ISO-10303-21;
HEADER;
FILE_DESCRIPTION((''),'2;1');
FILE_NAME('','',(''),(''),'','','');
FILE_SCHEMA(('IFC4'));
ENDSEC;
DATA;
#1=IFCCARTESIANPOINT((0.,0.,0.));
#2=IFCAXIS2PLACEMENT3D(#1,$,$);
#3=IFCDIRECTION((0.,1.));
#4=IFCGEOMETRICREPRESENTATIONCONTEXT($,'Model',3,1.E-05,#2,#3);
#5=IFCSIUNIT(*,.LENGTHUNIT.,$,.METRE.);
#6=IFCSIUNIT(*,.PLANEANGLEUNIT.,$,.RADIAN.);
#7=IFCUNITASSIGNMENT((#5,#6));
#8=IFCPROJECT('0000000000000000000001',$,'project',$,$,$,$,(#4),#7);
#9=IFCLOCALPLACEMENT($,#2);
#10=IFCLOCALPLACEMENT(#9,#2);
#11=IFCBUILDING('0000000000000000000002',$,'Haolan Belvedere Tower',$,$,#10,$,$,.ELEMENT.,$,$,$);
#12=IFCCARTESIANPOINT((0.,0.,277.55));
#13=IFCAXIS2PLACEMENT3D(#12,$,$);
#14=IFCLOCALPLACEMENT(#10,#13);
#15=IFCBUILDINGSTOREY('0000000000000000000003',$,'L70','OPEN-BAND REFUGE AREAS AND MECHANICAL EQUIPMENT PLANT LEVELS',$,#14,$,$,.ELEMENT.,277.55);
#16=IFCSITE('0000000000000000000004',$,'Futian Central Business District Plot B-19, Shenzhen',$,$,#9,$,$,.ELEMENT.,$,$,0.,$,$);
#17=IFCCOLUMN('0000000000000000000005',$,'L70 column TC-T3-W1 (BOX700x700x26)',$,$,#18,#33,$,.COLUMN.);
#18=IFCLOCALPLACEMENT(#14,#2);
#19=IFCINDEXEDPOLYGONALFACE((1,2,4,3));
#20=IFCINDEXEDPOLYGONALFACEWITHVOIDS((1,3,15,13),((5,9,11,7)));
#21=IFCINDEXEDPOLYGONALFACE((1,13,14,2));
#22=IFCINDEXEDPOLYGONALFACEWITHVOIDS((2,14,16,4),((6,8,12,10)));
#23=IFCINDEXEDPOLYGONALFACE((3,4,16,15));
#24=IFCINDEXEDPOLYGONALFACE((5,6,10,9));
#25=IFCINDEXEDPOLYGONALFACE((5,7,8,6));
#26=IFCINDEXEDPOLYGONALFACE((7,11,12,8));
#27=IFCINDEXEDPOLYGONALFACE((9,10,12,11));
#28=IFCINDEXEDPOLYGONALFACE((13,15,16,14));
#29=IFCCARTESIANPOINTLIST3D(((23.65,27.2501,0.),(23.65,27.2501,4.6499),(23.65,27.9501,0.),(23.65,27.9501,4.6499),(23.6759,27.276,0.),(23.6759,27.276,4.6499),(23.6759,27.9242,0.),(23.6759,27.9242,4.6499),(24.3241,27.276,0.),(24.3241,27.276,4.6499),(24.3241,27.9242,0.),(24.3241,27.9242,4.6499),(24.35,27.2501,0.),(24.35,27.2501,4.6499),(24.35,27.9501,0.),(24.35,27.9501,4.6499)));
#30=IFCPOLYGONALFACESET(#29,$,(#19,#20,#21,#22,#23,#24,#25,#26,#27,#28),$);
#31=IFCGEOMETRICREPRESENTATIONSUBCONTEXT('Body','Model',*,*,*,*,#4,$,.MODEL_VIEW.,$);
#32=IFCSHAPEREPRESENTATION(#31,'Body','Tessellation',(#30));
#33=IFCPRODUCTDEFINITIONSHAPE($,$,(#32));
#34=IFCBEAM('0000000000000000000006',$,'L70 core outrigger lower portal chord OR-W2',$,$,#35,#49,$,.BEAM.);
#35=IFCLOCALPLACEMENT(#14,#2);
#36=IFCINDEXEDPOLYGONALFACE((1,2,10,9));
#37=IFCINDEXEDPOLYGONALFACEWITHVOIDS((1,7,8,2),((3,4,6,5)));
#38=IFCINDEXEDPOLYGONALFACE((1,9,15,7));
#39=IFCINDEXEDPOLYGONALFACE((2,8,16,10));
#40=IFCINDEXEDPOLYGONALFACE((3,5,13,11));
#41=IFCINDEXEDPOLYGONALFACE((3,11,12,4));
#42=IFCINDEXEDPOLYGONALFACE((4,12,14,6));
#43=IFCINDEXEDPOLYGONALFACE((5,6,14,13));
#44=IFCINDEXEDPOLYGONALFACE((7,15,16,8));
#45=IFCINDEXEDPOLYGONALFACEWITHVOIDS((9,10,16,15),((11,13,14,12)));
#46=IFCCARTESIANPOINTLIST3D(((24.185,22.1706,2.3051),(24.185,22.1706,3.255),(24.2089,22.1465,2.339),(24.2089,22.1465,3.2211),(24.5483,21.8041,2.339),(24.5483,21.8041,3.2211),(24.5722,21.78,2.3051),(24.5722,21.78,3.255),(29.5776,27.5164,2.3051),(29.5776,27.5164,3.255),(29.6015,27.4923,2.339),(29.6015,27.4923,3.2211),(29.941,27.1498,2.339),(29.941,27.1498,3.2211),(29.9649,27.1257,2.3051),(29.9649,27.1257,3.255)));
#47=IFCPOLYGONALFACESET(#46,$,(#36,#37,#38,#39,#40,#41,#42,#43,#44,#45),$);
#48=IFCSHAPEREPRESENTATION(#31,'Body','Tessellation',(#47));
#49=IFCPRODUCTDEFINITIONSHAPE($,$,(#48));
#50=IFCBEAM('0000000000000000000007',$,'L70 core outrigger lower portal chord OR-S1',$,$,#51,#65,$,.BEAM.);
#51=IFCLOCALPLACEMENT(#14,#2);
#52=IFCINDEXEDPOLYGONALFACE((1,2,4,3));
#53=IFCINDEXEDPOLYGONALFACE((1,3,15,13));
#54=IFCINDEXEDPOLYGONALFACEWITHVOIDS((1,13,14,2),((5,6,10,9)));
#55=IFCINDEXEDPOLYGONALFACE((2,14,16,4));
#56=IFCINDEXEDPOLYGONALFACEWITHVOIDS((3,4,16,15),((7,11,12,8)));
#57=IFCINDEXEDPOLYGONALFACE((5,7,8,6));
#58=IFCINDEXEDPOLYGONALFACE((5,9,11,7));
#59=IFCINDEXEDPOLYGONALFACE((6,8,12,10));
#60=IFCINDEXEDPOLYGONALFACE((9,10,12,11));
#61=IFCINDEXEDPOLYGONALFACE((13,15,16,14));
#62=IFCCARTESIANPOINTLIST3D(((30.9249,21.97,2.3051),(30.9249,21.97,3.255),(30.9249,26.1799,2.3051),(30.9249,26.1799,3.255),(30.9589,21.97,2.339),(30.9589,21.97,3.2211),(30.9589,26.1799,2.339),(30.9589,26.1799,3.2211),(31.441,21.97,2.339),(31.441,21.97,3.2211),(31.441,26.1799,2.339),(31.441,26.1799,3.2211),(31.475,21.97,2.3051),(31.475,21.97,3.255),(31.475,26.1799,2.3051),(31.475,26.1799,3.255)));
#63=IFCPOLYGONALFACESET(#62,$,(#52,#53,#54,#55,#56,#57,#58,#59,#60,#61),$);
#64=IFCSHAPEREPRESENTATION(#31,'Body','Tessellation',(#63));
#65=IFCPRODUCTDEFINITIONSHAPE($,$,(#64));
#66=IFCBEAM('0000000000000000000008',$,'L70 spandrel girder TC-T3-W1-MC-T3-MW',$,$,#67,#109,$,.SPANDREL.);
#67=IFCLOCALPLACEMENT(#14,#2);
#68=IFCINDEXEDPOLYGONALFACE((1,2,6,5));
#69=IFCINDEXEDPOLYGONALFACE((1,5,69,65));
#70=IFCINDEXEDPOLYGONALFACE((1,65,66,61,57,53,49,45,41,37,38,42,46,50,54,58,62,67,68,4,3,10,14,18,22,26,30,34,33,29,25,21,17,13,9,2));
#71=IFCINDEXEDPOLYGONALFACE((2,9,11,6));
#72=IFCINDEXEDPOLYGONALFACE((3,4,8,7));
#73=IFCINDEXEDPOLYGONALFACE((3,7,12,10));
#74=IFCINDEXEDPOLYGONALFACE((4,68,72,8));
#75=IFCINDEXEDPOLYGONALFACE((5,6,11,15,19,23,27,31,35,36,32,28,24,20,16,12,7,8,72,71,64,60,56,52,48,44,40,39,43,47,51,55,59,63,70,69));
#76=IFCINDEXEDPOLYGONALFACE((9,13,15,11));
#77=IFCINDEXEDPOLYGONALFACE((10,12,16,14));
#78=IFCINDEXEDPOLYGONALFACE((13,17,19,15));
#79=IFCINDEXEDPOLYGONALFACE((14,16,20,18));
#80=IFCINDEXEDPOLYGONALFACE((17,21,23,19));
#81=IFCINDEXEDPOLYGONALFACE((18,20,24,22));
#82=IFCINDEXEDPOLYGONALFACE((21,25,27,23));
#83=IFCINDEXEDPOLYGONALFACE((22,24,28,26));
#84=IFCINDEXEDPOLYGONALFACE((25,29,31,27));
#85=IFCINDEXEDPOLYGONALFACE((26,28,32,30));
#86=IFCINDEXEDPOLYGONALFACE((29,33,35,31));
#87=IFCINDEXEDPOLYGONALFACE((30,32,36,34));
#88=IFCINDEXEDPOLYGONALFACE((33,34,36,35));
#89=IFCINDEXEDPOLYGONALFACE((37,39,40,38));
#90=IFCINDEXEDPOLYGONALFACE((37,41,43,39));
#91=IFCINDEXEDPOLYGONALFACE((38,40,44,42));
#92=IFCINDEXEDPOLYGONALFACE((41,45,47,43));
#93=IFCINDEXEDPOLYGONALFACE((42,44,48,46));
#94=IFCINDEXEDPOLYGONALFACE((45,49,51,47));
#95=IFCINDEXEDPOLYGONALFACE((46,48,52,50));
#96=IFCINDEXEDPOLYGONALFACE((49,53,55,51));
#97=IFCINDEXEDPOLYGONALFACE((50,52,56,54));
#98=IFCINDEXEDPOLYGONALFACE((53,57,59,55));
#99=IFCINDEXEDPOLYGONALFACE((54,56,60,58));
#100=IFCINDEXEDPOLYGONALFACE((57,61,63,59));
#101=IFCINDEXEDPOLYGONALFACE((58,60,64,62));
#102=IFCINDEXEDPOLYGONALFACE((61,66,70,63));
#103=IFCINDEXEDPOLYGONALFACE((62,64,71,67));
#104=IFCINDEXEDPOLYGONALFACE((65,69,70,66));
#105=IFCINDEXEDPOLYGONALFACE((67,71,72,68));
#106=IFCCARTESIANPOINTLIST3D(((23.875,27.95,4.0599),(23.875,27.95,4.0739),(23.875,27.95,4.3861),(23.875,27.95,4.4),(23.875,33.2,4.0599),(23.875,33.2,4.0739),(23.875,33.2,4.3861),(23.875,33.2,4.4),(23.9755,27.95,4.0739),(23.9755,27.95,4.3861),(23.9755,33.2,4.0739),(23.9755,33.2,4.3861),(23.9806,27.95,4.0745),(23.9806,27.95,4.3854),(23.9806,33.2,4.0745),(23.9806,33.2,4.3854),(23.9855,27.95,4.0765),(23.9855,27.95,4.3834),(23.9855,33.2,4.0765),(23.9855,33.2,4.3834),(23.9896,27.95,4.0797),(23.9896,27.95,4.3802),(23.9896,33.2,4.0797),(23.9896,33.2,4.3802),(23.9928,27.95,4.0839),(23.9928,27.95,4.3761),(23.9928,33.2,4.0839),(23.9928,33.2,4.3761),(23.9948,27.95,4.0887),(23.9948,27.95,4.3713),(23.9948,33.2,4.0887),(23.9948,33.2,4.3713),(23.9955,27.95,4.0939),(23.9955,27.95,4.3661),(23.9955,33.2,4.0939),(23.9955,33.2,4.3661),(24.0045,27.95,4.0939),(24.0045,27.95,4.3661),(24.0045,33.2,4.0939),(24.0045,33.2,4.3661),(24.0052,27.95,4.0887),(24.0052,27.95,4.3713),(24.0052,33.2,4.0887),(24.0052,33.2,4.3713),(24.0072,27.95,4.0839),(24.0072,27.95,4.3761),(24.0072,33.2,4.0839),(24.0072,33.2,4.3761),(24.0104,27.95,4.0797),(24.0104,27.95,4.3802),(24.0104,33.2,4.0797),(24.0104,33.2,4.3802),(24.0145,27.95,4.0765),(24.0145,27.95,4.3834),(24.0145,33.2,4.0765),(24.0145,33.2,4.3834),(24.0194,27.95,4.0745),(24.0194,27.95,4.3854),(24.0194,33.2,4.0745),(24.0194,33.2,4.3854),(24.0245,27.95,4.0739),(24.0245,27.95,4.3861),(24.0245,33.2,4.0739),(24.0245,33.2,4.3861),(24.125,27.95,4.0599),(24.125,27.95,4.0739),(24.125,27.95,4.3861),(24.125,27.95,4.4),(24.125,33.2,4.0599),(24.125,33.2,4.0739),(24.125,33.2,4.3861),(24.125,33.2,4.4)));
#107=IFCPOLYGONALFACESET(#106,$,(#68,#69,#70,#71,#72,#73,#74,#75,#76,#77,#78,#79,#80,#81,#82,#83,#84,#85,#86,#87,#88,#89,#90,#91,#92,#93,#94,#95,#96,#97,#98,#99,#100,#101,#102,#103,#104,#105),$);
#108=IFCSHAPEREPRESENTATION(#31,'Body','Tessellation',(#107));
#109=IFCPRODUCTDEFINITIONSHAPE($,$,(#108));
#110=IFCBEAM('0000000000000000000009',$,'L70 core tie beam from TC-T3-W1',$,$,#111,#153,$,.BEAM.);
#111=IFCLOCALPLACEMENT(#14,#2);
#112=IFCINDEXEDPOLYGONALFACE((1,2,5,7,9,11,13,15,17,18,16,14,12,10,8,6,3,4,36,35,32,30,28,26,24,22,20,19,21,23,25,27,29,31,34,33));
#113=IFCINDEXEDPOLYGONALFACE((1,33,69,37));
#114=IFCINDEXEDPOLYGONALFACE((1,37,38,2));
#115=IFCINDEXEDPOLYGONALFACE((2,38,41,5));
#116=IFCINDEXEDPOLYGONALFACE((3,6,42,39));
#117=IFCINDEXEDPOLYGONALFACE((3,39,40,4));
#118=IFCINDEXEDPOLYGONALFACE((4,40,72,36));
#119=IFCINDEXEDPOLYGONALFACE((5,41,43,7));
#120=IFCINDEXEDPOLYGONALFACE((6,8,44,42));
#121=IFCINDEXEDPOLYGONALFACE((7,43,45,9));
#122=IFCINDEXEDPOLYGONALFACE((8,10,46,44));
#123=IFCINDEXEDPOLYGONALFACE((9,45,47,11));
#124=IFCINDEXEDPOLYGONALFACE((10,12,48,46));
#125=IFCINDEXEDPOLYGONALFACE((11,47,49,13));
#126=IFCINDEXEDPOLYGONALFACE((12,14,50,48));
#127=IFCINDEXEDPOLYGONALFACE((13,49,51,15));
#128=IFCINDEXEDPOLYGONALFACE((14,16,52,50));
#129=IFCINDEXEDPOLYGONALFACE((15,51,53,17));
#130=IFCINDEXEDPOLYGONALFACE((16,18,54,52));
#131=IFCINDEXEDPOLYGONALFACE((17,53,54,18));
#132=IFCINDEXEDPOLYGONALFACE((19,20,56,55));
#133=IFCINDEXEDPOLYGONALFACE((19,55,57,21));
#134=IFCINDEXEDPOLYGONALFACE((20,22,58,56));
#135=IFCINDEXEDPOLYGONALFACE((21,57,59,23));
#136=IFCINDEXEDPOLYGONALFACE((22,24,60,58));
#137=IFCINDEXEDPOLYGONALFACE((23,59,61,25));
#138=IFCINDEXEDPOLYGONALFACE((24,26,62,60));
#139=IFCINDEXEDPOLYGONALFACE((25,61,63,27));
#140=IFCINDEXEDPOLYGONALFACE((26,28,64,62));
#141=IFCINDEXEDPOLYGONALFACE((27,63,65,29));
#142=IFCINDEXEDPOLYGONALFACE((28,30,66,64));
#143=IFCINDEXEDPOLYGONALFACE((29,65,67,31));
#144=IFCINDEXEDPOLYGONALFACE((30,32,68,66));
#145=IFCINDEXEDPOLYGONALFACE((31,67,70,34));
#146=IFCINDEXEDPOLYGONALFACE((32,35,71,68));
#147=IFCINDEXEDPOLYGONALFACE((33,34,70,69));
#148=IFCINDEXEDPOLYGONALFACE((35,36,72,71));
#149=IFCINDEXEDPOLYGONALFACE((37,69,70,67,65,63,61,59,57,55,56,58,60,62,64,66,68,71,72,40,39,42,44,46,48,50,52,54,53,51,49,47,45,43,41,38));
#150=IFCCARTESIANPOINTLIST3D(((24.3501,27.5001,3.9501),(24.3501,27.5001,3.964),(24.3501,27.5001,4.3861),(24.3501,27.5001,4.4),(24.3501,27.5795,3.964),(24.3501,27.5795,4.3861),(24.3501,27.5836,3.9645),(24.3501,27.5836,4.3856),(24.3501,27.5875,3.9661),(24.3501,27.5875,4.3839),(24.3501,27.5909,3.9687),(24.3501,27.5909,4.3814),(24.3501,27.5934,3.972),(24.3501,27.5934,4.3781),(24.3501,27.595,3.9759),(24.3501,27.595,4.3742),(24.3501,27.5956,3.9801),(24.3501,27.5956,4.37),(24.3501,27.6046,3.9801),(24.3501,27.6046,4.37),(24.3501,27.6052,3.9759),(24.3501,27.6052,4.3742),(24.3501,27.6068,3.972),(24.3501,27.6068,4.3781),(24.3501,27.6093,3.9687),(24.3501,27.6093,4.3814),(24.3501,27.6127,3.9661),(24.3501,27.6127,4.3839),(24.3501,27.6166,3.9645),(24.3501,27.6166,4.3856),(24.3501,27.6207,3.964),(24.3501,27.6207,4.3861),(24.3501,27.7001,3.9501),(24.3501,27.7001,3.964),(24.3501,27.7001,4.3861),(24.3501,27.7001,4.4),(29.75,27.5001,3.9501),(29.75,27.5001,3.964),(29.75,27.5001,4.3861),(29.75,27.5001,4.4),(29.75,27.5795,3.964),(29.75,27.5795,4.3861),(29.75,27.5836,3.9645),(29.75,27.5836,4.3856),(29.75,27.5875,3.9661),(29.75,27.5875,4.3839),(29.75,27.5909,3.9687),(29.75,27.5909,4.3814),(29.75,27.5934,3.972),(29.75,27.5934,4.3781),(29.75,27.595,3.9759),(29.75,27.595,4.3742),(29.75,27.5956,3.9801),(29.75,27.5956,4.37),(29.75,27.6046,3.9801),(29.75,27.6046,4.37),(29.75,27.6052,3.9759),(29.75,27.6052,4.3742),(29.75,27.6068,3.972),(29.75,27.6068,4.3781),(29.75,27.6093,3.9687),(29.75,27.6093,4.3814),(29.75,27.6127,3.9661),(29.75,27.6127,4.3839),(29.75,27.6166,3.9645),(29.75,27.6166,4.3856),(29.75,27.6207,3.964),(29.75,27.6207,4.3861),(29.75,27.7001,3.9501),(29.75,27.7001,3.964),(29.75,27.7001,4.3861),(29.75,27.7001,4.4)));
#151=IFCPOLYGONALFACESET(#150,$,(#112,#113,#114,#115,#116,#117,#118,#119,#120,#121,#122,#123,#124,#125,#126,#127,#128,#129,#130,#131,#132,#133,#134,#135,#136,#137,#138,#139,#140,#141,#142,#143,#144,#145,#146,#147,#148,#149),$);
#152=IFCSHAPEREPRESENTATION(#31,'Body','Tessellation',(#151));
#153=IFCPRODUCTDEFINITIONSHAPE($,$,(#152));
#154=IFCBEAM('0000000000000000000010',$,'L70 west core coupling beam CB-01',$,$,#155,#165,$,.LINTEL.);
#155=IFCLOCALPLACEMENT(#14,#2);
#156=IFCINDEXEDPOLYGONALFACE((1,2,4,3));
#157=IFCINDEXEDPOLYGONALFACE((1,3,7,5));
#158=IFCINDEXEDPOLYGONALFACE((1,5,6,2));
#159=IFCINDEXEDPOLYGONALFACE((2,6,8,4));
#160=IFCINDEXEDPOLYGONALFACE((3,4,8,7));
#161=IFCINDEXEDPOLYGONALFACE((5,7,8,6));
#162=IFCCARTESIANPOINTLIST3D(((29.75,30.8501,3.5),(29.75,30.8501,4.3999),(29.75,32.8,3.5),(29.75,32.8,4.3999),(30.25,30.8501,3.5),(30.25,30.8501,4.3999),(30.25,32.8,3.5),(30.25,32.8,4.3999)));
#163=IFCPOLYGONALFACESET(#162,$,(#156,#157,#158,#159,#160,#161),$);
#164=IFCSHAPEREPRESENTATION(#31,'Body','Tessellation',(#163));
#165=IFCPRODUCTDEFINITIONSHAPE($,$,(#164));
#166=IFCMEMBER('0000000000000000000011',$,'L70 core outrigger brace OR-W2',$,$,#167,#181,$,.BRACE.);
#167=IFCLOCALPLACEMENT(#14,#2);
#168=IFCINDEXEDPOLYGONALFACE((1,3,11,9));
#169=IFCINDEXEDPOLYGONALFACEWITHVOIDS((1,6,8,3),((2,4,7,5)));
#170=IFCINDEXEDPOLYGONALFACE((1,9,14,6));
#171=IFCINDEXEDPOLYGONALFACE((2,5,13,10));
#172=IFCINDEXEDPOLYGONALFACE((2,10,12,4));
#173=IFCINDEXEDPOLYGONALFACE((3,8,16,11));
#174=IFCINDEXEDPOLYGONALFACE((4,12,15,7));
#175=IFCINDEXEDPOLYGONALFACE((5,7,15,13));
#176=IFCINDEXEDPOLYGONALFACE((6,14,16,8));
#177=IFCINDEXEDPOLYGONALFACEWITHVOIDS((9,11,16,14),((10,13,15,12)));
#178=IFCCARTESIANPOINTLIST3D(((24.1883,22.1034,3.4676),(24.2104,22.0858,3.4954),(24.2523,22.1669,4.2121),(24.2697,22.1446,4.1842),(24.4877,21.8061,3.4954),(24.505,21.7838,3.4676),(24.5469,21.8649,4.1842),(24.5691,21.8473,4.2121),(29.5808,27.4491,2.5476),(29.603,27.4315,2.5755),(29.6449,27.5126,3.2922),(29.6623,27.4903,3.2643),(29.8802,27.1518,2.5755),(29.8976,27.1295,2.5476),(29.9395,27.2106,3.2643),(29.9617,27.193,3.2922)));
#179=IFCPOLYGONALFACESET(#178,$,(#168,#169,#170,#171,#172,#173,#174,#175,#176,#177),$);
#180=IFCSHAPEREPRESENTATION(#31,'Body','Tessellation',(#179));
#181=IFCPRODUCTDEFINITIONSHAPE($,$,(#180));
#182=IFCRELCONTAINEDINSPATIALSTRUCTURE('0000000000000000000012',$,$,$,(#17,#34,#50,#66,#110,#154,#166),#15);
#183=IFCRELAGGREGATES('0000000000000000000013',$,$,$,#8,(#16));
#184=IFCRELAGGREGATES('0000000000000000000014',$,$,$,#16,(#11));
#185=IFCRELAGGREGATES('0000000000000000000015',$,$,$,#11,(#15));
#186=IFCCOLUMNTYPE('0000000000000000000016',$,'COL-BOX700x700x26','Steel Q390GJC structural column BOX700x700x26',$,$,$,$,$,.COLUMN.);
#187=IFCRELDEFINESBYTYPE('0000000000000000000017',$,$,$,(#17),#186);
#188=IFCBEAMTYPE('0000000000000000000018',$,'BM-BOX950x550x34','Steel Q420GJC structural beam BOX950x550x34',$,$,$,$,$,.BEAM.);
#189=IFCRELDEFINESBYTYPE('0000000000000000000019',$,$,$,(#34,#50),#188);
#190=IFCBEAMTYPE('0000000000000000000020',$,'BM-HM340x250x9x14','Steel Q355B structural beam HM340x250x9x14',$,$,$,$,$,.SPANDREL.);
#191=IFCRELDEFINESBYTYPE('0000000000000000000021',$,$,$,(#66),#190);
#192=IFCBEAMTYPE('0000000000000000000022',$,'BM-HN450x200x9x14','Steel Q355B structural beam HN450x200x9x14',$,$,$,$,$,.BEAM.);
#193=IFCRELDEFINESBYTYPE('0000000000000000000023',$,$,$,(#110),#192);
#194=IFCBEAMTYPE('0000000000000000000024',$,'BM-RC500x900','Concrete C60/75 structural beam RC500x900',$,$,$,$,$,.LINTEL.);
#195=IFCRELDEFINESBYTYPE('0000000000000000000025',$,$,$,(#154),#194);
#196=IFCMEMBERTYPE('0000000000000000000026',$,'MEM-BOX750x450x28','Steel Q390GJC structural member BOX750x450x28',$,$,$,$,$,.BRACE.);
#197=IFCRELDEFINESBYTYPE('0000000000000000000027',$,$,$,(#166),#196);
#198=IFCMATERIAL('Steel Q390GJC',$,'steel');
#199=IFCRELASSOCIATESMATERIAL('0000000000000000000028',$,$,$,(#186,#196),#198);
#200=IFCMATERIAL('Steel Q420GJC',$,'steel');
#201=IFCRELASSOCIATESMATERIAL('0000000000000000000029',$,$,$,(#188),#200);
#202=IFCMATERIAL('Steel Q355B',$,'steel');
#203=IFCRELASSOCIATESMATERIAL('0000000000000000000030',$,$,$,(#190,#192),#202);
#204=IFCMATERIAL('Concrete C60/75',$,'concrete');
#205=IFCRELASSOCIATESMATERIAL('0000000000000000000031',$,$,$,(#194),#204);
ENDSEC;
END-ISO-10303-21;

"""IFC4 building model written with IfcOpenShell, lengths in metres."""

from ifc_helpers import new_model, si_unit, direction, frame, origin, origin_2d, place, context, subcontext, project, spatial, rectangle, hollow_rectangle, i_section, extrude, material, material_profile, profile_set, type_object, element, save


model = new_model("IFC4")

# Units and contexts
model_context = context("Model", 3, precision=1e-05, world=origin(), true_north=direction((0.0, 1.0)))
body_context = subcontext(model_context, "Body", "Model", "MODEL_VIEW")
ifc_project = project(units=[si_unit("LENGTHUNIT", "METRE"), si_unit("PLANEANGLEUNIT", "RADIAN")], contexts=[model_context])

# Site, building, storey
site_placement = place(None, origin())
site = spatial("IfcSite", under=ifc_project, at=site_placement, Name="Futian Central Business District Plot B-19, Shenzhen", CompositionType="ELEMENT", RefElevation=0.0)
building_placement = place(site_placement, origin())
building = spatial("IfcBuilding", under=site, at=building_placement, Name="Haolan Belvedere Tower", CompositionType="ELEMENT")
storey_placement = place(building_placement, frame((0.0, 0.0, 277.55)))
storey = spatial("IfcBuildingStorey", under=building, at=storey_placement, Name="L70", Description="OPEN-BAND REFUGE AREAS AND MECHANICAL EQUIPMENT PLANT LEVELS", CompositionType="ELEMENT", Elevation=277.55)

# Column
ifc_material_1 = material(Name="Steel Q390GJC", Category="steel")
ifc_material_profile_1 = material_profile(ifc_material_1, hollow_rectangle(XDim=0.7, YDim=0.7, WallThickness=0.0259, at=origin_2d()), Name="Steel Q390GJC")
ifc_profile_set_1 = profile_set([ifc_material_profile_1], Name="Steel Q390GJC")
column_type = type_object("IfcColumnType", Name="COL-BOX700x700x26", Description="Steel Q390GJC structural column BOX700x700x26", PredefinedType="COLUMN", material=ifc_profile_set_1)
column_placement = place(storey_placement, frame((24.0, 27.6001, 0.0), z_axis=(0.0, 0.0, 1.0), x_axis=(1.0, 0.0, 0.0)))
element("IfcColumn", 1, at=column_placement, inside=storey, type_object=column_type, Name="L70 column TC-T3-W1 (BOX700x700x26)", PredefinedType="COLUMN", context=body_context, shape_type="SweptSolid", body=[
    extrude(hollow_rectangle(XDim=0.7, YDim=0.7, WallThickness=0.0259, at=origin_2d()), origin(), (0.0, 0.0, 1.0), 4.6499),
])

# Beams
ifc_material_2 = material(Name="Steel Q420GJC", Category="steel")
ifc_material_profile_2 = material_profile(ifc_material_2, hollow_rectangle(XDim=0.55, YDim=0.95, WallThickness=0.0339, at=origin_2d()), Name="Steel Q420GJC")
ifc_profile_set_2 = profile_set([ifc_material_profile_2], Name="Steel Q420GJC")
beam_type_1 = type_object("IfcBeamType", Name="BM-BOX950x550x34", Description="Steel Q420GJC structural beam BOX950x550x34", PredefinedType="BEAM", material=ifc_profile_set_2)
beam_1_placement = place(storey_placement, frame((29.7712, 27.321, 2.78), z_axis=(-0.710187, -0.704013, 0.0), x_axis=(0.704013, -0.710187, 0.0)))
element("IfcBeam", 2, at=beam_1_placement, inside=storey, type_object=beam_type_1, Name="L70 core outrigger lower portal chord OR-W2", PredefinedType="BEAM", context=body_context, shape_type="SweptSolid", body=[
    extrude(hollow_rectangle(XDim=0.55, YDim=0.95, WallThickness=0.0339, at=origin_2d()), origin(), (0.0, 0.0, 1.0), 7.5933),
])
beam_2_placement = place(storey_placement, frame((31.2, 26.1799, 2.78), z_axis=(0.0, -1.0, 0.0), x_axis=(1.0, 0.0, 0.0)))
element("IfcBeam", 3, at=beam_2_placement, inside=storey, type_object=beam_type_1, Name="L70 core outrigger lower portal chord OR-S1", PredefinedType="BEAM", context=body_context, shape_type="SweptSolid", body=[
    extrude(hollow_rectangle(XDim=0.55, YDim=0.95, WallThickness=0.0339, at=origin_2d()), origin(), (0.0, 0.0, 1.0), 4.21),
])
ifc_material_3 = material(Name="Steel Q355B", Category="steel")
ifc_material_profile_3 = material_profile(ifc_material_3, i_section(OverallWidth=0.25, OverallDepth=0.3401, WebThickness=0.009, FlangeThickness=0.0139, FilletRadius=0.02, at=origin_2d()), Name="Steel Q355B")
ifc_profile_set_3 = profile_set([ifc_material_profile_3], Name="Steel Q355B")
beam_type_2 = type_object("IfcBeamType", Name="BM-HM340x250x9x14", Description="Steel Q355B structural beam HM340x250x9x14", PredefinedType="SPANDREL", material=ifc_profile_set_3)
beam_3_placement = place(storey_placement, frame((24.0, 27.95, 4.23), z_axis=(0.0, 1.0, 0.0), x_axis=(-1.0, 0.0, 0.0)))
element("IfcBeam", 4, at=beam_3_placement, inside=storey, type_object=beam_type_2, Name="L70 spandrel girder TC-T3-W1-MC-T3-MW", PredefinedType="SPANDREL", context=body_context, shape_type="SweptSolid", body=[
    extrude(i_section(OverallWidth=0.25, OverallDepth=0.3401, WebThickness=0.009, FlangeThickness=0.0139, FilletRadius=0.02, at=origin_2d()), origin(), (0.0, 0.0, 1.0), 5.25),
])
ifc_material_profile_4 = material_profile(ifc_material_3, i_section(OverallWidth=0.2, OverallDepth=0.45, WebThickness=0.009, FlangeThickness=0.0139, FilletRadius=0.0161, at=origin_2d()), Name="Steel Q355B")
ifc_profile_set_4 = profile_set([ifc_material_profile_4], Name="Steel Q355B")
beam_type_3 = type_object("IfcBeamType", Name="BM-HN450x200x9x14", Description="Steel Q355B structural beam HN450x200x9x14", PredefinedType="BEAM", material=ifc_profile_set_4)
beam_4_placement = place(storey_placement, frame((24.3501, 27.6001, 4.175), z_axis=(1.0, 0.0, 0.0), x_axis=(0.0, 1.0, 0.0)))
element("IfcBeam", 5, at=beam_4_placement, inside=storey, type_object=beam_type_3, Name="L70 core tie beam from TC-T3-W1", PredefinedType="BEAM", context=body_context, shape_type="SweptSolid", body=[
    extrude(i_section(OverallWidth=0.2, OverallDepth=0.45, WebThickness=0.009, FlangeThickness=0.0139, FilletRadius=0.0161, at=origin_2d()), origin(), (0.0, 0.0, 1.0), 5.3999),
])
ifc_material_4 = material(Name="Concrete C60/75", Category="concrete")
ifc_material_profile_5 = material_profile(ifc_material_4, rectangle(XDim=0.5, YDim=0.8999, at=origin_2d()), Name="Concrete C60/75")
ifc_profile_set_5 = profile_set([ifc_material_profile_5], Name="Concrete C60/75")
beam_type_4 = type_object("IfcBeamType", Name="BM-RC500x900", Description="Concrete C60/75 structural beam RC500x900", PredefinedType="LINTEL", material=ifc_profile_set_5)
beam_5_placement = place(storey_placement, frame((30.0, 30.8501, 3.95), z_axis=(0.0, 1.0, 0.0), x_axis=(-1.0, 0.0, 0.0)))
element("IfcBeam", 6, at=beam_5_placement, inside=storey, type_object=beam_type_4, Name="L70 west core coupling beam CB-01", PredefinedType="LINTEL", context=body_context, shape_type="SweptSolid", body=[
    extrude(rectangle(XDim=0.5, YDim=0.8999, at=origin_2d()), origin(), (0.0, 0.0, 1.0), 1.95),
])

# Member
ifc_material_profile_6 = material_profile(ifc_material_1, hollow_rectangle(XDim=0.45, YDim=0.75, WallThickness=0.0281, at=origin_2d()), Name="Steel Q390GJC")
ifc_profile_set_6 = profile_set([ifc_material_profile_6], Name="Steel Q390GJC")
member_type_1 = type_object("IfcMemberType", Name="MEM-BOX750x450x28", Description="Steel Q390GJC structural member BOX750x450x28", PredefinedType="BRACE", material=ifc_profile_set_6)
member_1_placement = place(storey_placement, frame((29.7712, 27.321, 2.9199), z_axis=(-0.705031, -0.698903, 0.120272), x_axis=(0.704013, -0.710187, 0.0)))
element("IfcMember", 7, at=member_1_placement, inside=storey, type_object=member_type_1, Name="L70 core outrigger brace OR-W2", PredefinedType="BRACE", context=body_context, shape_type="SweptSolid", body=[
    extrude(hollow_rectangle(XDim=0.45, YDim=0.75, WallThickness=0.0281, at=origin_2d()), origin(), (0.0, 0.0, 1.0), 7.6487),
])

save(model, "model.ifc")
